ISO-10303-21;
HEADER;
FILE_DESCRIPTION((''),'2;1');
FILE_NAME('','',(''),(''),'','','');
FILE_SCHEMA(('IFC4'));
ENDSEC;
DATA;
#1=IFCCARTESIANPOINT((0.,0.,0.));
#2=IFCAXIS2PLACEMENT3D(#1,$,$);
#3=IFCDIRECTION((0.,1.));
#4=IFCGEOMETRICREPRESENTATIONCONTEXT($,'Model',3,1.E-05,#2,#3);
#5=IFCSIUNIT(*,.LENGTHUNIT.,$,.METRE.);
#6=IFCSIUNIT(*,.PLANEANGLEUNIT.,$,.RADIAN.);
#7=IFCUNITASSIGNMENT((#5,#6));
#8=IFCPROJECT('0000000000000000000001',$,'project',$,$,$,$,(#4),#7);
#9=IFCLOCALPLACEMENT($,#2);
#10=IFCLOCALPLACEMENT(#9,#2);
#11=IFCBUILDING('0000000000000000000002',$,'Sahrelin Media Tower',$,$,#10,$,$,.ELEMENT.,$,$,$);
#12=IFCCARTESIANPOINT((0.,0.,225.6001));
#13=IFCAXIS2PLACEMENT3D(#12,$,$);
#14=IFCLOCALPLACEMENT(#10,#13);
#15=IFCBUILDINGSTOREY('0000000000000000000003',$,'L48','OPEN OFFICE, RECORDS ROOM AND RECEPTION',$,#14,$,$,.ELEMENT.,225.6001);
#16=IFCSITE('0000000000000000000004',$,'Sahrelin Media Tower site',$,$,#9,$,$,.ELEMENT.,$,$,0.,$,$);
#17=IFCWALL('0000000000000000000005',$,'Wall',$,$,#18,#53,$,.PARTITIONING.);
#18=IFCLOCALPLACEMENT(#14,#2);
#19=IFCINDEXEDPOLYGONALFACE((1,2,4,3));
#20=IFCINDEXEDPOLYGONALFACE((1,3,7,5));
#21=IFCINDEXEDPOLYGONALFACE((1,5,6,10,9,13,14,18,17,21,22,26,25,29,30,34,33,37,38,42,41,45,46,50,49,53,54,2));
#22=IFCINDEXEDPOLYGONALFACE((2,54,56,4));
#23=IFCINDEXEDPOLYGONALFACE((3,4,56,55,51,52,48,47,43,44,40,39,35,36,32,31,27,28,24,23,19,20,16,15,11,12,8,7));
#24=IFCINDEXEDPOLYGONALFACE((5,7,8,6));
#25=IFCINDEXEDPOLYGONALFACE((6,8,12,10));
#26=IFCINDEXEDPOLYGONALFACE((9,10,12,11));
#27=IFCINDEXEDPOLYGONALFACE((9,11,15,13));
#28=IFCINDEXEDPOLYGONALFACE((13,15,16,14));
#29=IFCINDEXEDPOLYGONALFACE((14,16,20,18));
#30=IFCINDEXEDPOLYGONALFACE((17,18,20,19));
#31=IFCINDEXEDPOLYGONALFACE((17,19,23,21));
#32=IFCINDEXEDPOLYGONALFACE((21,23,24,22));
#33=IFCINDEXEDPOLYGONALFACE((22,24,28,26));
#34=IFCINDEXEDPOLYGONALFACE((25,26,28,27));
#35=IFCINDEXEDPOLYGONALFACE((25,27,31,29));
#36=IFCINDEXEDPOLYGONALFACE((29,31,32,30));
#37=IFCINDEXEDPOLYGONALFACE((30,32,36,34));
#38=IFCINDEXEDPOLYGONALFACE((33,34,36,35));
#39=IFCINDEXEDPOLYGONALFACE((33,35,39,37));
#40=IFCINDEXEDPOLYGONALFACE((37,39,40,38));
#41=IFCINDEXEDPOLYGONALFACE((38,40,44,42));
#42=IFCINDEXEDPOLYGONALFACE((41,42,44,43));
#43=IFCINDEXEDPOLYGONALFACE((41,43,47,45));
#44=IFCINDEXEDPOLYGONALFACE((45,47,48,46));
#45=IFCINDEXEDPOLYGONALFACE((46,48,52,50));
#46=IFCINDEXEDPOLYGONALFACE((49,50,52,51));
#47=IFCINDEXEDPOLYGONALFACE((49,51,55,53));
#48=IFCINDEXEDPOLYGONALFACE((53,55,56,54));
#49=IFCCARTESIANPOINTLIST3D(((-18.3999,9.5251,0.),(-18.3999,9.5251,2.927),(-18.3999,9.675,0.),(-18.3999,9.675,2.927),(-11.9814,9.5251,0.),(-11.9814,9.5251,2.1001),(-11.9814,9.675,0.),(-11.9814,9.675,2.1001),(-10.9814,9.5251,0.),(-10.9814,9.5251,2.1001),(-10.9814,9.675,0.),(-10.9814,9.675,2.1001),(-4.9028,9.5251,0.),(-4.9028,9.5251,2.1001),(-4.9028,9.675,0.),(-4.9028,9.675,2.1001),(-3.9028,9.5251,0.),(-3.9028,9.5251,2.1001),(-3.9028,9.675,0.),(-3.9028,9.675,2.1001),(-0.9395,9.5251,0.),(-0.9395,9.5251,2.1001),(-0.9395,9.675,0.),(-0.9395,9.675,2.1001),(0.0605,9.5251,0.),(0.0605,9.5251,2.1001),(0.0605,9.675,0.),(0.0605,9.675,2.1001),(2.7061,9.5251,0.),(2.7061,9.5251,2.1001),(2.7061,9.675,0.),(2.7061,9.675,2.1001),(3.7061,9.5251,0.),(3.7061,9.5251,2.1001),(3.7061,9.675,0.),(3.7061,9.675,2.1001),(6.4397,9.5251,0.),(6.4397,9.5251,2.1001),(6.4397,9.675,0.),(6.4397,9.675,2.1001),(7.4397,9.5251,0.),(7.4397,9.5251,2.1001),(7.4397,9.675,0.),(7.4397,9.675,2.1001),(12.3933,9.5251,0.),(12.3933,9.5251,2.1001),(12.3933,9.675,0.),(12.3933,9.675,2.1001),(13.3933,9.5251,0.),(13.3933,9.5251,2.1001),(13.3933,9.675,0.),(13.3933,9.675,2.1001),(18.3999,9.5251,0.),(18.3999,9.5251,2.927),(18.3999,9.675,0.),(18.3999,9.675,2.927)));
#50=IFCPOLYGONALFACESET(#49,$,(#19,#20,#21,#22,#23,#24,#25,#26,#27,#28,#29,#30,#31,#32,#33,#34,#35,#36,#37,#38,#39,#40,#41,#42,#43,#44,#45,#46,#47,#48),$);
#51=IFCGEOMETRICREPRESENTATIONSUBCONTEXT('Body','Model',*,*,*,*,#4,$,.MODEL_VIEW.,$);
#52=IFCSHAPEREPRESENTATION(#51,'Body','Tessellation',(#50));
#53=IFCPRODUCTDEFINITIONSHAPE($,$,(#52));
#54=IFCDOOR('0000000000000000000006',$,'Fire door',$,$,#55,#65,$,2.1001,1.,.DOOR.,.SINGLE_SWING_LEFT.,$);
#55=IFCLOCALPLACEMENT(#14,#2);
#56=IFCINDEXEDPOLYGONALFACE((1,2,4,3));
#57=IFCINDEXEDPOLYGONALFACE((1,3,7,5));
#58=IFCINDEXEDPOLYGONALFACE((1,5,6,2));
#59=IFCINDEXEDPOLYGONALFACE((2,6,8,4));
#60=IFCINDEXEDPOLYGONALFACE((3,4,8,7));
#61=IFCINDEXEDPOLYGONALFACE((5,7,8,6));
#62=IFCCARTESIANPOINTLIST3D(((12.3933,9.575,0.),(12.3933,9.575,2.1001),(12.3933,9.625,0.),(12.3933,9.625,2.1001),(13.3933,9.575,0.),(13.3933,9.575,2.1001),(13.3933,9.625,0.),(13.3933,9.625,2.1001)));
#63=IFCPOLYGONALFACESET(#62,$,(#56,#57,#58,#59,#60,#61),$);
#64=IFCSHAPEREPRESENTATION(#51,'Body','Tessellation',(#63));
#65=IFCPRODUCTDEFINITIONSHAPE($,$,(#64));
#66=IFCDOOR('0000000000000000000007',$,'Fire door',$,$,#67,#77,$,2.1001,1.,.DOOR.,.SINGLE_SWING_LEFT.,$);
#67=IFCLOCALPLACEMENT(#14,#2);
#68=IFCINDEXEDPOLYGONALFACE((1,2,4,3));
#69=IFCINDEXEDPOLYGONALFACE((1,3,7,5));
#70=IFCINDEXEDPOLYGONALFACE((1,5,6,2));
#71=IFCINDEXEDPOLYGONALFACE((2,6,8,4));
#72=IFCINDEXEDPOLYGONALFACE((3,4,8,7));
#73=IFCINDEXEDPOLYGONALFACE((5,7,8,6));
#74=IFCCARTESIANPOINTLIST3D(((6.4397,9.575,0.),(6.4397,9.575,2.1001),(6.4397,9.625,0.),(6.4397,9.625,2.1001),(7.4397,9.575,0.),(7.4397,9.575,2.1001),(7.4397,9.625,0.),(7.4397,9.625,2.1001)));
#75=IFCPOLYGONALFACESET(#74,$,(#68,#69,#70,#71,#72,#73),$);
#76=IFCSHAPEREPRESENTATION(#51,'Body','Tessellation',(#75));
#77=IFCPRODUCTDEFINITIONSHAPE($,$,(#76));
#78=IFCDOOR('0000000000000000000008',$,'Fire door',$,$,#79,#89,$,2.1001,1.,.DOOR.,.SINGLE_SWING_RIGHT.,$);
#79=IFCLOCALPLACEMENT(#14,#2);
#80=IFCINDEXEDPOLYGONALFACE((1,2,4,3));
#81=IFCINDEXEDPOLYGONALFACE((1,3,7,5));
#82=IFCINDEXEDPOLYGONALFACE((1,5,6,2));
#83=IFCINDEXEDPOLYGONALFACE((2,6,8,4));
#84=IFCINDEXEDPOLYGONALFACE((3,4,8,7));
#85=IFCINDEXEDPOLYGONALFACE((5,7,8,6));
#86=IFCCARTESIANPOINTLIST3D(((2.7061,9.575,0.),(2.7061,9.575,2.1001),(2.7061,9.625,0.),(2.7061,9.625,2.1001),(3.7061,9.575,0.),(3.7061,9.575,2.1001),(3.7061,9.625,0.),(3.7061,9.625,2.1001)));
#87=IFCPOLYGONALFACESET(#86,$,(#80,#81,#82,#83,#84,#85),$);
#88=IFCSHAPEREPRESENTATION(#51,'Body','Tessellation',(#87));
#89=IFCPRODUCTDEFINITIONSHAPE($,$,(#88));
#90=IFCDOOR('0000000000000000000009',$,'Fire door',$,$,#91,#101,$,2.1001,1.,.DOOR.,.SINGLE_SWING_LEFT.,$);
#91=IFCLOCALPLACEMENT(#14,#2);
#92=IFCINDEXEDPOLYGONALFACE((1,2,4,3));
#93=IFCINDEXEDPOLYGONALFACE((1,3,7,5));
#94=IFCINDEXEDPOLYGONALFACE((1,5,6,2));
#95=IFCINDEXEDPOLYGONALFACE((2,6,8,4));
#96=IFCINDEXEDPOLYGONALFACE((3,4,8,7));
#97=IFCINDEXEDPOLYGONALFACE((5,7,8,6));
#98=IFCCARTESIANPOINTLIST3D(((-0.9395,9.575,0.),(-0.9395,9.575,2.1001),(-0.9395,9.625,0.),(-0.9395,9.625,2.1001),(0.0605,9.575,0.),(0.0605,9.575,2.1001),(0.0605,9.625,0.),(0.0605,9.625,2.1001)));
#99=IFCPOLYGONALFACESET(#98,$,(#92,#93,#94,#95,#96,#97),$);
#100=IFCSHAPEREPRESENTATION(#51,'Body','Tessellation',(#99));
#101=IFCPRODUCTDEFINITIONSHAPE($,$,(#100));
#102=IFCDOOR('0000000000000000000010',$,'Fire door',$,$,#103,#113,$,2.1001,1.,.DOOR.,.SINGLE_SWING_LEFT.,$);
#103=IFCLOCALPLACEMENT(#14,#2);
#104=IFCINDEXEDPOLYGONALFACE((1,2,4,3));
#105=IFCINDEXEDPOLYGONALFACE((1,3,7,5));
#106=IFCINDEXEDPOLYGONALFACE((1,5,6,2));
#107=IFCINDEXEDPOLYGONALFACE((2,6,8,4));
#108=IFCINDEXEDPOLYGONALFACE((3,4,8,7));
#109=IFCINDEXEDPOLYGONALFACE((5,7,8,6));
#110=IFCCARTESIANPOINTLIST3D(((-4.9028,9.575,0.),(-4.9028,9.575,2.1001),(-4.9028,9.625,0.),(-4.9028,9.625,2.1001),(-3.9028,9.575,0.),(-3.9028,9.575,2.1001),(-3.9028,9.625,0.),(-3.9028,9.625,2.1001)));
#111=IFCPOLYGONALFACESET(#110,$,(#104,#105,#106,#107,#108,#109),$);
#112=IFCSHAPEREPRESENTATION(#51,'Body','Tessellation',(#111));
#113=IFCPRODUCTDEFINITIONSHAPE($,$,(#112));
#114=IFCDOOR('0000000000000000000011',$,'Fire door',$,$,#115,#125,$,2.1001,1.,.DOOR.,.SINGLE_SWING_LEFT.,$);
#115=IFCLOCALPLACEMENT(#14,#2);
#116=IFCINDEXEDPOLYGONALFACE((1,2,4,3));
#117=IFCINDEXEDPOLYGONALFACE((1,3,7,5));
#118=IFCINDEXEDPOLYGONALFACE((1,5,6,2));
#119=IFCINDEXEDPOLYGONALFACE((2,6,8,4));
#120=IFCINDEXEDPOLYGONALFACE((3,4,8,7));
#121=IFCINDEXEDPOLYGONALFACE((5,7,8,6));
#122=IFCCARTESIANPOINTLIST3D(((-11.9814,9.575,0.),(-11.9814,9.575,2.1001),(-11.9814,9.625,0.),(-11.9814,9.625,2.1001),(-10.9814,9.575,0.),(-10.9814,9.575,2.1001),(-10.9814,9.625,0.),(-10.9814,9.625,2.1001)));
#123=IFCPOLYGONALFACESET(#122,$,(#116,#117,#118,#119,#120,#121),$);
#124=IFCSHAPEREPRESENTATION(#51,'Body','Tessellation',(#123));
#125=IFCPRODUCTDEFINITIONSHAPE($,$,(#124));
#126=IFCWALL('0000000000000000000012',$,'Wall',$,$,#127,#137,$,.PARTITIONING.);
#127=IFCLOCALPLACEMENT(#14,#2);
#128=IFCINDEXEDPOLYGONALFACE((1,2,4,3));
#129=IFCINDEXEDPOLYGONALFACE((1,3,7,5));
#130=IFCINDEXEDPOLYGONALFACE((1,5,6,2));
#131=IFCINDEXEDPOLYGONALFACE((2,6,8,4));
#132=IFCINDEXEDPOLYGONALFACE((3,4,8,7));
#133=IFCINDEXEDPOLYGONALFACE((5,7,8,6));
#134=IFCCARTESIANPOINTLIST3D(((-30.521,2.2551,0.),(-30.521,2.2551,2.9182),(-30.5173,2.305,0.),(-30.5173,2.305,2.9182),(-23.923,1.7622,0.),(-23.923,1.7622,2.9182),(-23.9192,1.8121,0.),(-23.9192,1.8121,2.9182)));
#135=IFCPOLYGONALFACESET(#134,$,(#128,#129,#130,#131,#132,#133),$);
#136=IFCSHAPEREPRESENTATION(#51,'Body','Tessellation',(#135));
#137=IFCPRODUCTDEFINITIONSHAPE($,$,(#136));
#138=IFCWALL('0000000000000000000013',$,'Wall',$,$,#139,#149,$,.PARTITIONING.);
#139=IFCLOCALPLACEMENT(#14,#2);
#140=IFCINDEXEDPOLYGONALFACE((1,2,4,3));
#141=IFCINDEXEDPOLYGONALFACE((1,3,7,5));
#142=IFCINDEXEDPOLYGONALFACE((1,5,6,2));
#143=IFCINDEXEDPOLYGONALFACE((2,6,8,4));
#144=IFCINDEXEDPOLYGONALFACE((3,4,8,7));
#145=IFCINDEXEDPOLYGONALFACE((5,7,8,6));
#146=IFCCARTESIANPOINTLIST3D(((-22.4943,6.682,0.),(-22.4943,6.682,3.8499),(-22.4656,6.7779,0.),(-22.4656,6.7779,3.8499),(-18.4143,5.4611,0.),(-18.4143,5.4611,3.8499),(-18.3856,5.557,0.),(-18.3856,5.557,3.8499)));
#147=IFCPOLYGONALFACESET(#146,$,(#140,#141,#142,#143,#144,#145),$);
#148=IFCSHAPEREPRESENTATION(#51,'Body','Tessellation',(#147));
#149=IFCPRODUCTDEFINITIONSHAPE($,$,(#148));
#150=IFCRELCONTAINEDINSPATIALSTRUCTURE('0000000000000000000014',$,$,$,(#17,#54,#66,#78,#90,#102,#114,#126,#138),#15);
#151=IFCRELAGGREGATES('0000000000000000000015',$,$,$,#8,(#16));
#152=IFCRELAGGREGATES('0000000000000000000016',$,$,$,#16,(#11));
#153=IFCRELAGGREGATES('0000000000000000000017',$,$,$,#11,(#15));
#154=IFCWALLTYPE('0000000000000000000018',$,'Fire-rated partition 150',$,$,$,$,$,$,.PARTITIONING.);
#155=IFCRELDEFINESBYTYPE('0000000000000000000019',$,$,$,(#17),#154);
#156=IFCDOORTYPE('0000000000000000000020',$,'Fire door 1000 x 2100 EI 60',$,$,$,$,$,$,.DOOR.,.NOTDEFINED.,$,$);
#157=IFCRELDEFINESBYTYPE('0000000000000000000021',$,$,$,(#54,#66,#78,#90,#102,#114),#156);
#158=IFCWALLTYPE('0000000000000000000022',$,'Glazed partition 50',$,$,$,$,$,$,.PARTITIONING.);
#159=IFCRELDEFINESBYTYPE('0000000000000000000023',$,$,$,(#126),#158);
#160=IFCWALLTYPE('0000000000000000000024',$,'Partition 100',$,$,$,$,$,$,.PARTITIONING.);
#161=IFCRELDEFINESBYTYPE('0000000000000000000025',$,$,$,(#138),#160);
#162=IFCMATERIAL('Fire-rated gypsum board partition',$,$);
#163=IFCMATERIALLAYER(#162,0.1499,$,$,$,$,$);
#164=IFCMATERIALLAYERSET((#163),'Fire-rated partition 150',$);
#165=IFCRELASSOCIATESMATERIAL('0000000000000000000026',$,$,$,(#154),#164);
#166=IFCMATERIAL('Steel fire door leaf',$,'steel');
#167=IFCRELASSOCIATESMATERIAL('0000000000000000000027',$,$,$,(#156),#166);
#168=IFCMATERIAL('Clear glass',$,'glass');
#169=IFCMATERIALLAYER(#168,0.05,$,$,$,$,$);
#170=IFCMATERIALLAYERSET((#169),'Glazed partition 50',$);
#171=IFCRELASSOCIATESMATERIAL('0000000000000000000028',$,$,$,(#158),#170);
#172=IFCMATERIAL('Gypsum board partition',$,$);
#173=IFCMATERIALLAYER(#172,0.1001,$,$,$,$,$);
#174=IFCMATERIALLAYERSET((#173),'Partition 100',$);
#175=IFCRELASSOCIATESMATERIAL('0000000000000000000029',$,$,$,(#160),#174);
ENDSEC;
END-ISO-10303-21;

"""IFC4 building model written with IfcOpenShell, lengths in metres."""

from ifc_helpers import new_model, si_unit, direction, frame, frame_2d, origin, place, context, subcontext, project, spatial, rectangle, extrude, material, layer, layer_set, type_object, element, fill, save


model = new_model("IFC4")

# Units and contexts
model_context = context("Model", 3, precision=1e-05, world=origin(), true_north=direction((0.0, 1.0)))
body_context = subcontext(model_context, "Body", "Model", "MODEL_VIEW")
ifc_project = project(units=[si_unit("LENGTHUNIT", "METRE"), si_unit("PLANEANGLEUNIT", "RADIAN")], contexts=[model_context])

# Site, building, storey
site_placement = place(None, origin())
site = spatial("IfcSite", under=ifc_project, at=site_placement, Name="Sahrelin Media Tower site", CompositionType="ELEMENT", RefElevation=0.0)
building_placement = place(site_placement, origin())
building = spatial("IfcBuilding", under=site, at=building_placement, Name="Sahrelin Media Tower", CompositionType="ELEMENT")
storey_placement = place(building_placement, frame((0.0, 0.0, 225.6001)))
storey = spatial("IfcBuildingStorey", under=building, at=storey_placement, Name="L48", Description="OPEN OFFICE, RECORDS ROOM AND RECEPTION", CompositionType="ELEMENT", Elevation=225.6001)

# Shared definitions
ifc_material_1 = material(Name="Fire-rated gypsum board partition")
ifc_layer_1 = layer(ifc_material_1, 0.1499)
ifc_layer_set_1 = layer_set([ifc_layer_1], Name="Fire-rated partition 150")
wall_type_1 = type_object("IfcWallType", Name="Fire-rated partition 150", PredefinedType="PARTITIONING", material=ifc_layer_set_1)

# Wall, openings, doors
wall_1_placement = place(storey_placement, frame((-18.3999, 9.6001, 0.0), z_axis=(0.0, 0.0, 1.0), x_axis=(1.0, 0.0, 0.0)))
wall_1 = element("IfcWall", 1, at=wall_1_placement, inside=storey, type_object=wall_type_1, Name="Wall", PredefinedType="PARTITIONING", context=body_context, shape_type="SweptSolid", body=[
    extrude(rectangle(XDim=36.7998, YDim=0.1499, at=frame_2d((18.3999, 0.0))), origin(), (0.0, 0.0, 1.0), 2.927),
])
opening_1_placement = place(wall_1_placement, frame((30.7932, 0.0, 0.0)))
opening_1 = element("IfcOpeningElement", 2, at=opening_1_placement, cuts=wall_1, PredefinedType="OPENING", context=body_context, shape_type="SweptSolid", body=[
    extrude(rectangle(XDim=1.0, YDim=2.1001, at=frame_2d((0.5, 1.05))), frame((0.0, 0.075, 0.0), z_axis=(0.0, -1.0, 0.0), x_axis=(1.0, 0.0, 0.0)), (0.0, 0.0, 1.0), 0.1499),
])
opening_2_placement = place(wall_1_placement, frame((24.8396, 0.0, 0.0)))
opening_2 = element("IfcOpeningElement", 3, at=opening_2_placement, cuts=wall_1, PredefinedType="OPENING", context=body_context, shape_type="SweptSolid", body=[
    extrude(rectangle(XDim=1.0, YDim=2.1001, at=frame_2d((0.5, 1.05))), frame((0.0, 0.075, 0.0), z_axis=(0.0, -1.0, 0.0), x_axis=(1.0, 0.0, 0.0)), (0.0, 0.0, 1.0), 0.1499),
])
opening_3_placement = place(wall_1_placement, frame((21.106, 0.0, 0.0)))
opening_3 = element("IfcOpeningElement", 4, at=opening_3_placement, cuts=wall_1, PredefinedType="OPENING", context=body_context, shape_type="SweptSolid", body=[
    extrude(rectangle(XDim=1.0, YDim=2.1001, at=frame_2d((0.5, 1.05))), frame((0.0, 0.075, 0.0), z_axis=(0.0, -1.0, 0.0), x_axis=(1.0, 0.0, 0.0)), (0.0, 0.0, 1.0), 0.1499),
])
opening_4_placement = place(wall_1_placement, frame((17.4604, 0.0, 0.0)))
opening_4 = element("IfcOpeningElement", 5, at=opening_4_placement, cuts=wall_1, PredefinedType="OPENING", context=body_context, shape_type="SweptSolid", body=[
    extrude(rectangle(XDim=1.0, YDim=2.1001, at=frame_2d((0.5, 1.05))), frame((0.0, 0.075, 0.0), z_axis=(0.0, -1.0, 0.0), x_axis=(1.0, 0.0, 0.0)), (0.0, 0.0, 1.0), 0.1499),
])
opening_5_placement = place(wall_1_placement, frame((13.4971, 0.0, 0.0)))
opening_5 = element("IfcOpeningElement", 6, at=opening_5_placement, cuts=wall_1, PredefinedType="OPENING", context=body_context, shape_type="SweptSolid", body=[
    extrude(rectangle(XDim=1.0, YDim=2.1001, at=frame_2d((0.5, 1.05))), frame((0.0, 0.075, 0.0), z_axis=(0.0, -1.0, 0.0), x_axis=(1.0, 0.0, 0.0)), (0.0, 0.0, 1.0), 0.1499),
])
opening_6_placement = place(wall_1_placement, frame((6.4185, 0.0, 0.0)))
opening_6 = element("IfcOpeningElement", 7, at=opening_6_placement, cuts=wall_1, PredefinedType="OPENING", context=body_context, shape_type="SweptSolid", body=[
    extrude(rectangle(XDim=1.0, YDim=2.1001, at=frame_2d((0.5, 1.05))), frame((0.0, 0.075, 0.0), z_axis=(0.0, -1.0, 0.0), x_axis=(1.0, 0.0, 0.0)), (0.0, 0.0, 1.0), 0.1499),
])
ifc_material_2 = material(Name="Steel fire door leaf", Category="steel")
door_type = type_object("IfcDoorType", Name="Fire door 1000 x 2100 EI 60", OperationType="NOTDEFINED", PredefinedType="DOOR", material=ifc_material_2)
door_1_placement = place(opening_1_placement, origin())
door_1 = element("IfcDoor", 8, at=door_1_placement, inside=storey, type_object=door_type, Name="Fire door", OperationType="SINGLE_SWING_LEFT", OverallHeight=2.1001, OverallWidth=1.0, PredefinedType="DOOR", context=body_context, shape_type="SweptSolid", body=[
    extrude(rectangle(XDim=1.0, YDim=2.1001, at=frame_2d((0.5, 1.05))), frame((0.0, 0.0249, 0.0), z_axis=(0.0, -1.0, 0.0), x_axis=(1.0, 0.0, 0.0)), (0.0, 0.0, 1.0), 0.05),
])
fill(opening_1, door_1)
door_2_placement = place(opening_2_placement, origin())
door_2 = element("IfcDoor", 9, at=door_2_placement, inside=storey, type_object=door_type, Name="Fire door", OperationType="SINGLE_SWING_LEFT", OverallHeight=2.1001, OverallWidth=1.0, PredefinedType="DOOR", context=body_context, shape_type="SweptSolid", body=[
    extrude(rectangle(XDim=1.0, YDim=2.1001, at=frame_2d((0.5, 1.05))), frame((0.0, 0.0249, 0.0), z_axis=(0.0, -1.0, 0.0), x_axis=(1.0, 0.0, 0.0)), (0.0, 0.0, 1.0), 0.05),
])
fill(opening_2, door_2)
door_3_placement = place(opening_3_placement, origin())
door_3 = element("IfcDoor", 10, at=door_3_placement, inside=storey, type_object=door_type, Name="Fire door", OperationType="SINGLE_SWING_RIGHT", OverallHeight=2.1001, OverallWidth=1.0, PredefinedType="DOOR", context=body_context, shape_type="SweptSolid", body=[
    extrude(rectangle(XDim=1.0, YDim=2.1001, at=frame_2d((0.5, 1.05))), frame((0.0, 0.0249, 0.0), z_axis=(0.0, -1.0, 0.0), x_axis=(1.0, 0.0, 0.0)), (0.0, 0.0, 1.0), 0.05),
])
fill(opening_3, door_3)
door_4_placement = place(opening_4_placement, origin())
door_4 = element("IfcDoor", 11, at=door_4_placement, inside=storey, type_object=door_type, Name="Fire door", OperationType="SINGLE_SWING_LEFT", OverallHeight=2.1001, OverallWidth=1.0, PredefinedType="DOOR", context=body_context, shape_type="SweptSolid", body=[
    extrude(rectangle(XDim=1.0, YDim=2.1001, at=frame_2d((0.5, 1.05))), frame((0.0, 0.0249, 0.0), z_axis=(0.0, -1.0, 0.0), x_axis=(1.0, 0.0, 0.0)), (0.0, 0.0, 1.0), 0.05),
])
fill(opening_4, door_4)
door_5_placement = place(opening_5_placement, origin())
door_5 = element("IfcDoor", 12, at=door_5_placement, inside=storey, type_object=door_type, Name="Fire door", OperationType="SINGLE_SWING_LEFT", OverallHeight=2.1001, OverallWidth=1.0, PredefinedType="DOOR", context=body_context, shape_type="SweptSolid", body=[
    extrude(rectangle(XDim=1.0, YDim=2.1001, at=frame_2d((0.5, 1.05))), frame((0.0, 0.0249, 0.0), z_axis=(0.0, -1.0, 0.0), x_axis=(1.0, 0.0, 0.0)), (0.0, 0.0, 1.0), 0.05),
])
fill(opening_5, door_5)
door_6_placement = place(opening_6_placement, origin())
door_6 = element("IfcDoor", 13, at=door_6_placement, inside=storey, type_object=door_type, Name="Fire door", OperationType="SINGLE_SWING_LEFT", OverallHeight=2.1001, OverallWidth=1.0, PredefinedType="DOOR", context=body_context, shape_type="SweptSolid", body=[
    extrude(rectangle(XDim=1.0, YDim=2.1001, at=frame_2d((0.5, 1.05))), frame((0.0, 0.0249, 0.0), z_axis=(0.0, -1.0, 0.0), x_axis=(1.0, 0.0, 0.0)), (0.0, 0.0, 1.0), 0.05),
])
fill(opening_6, door_6)

# Walls
ifc_material_3 = material(Name="Clear glass", Category="glass")
ifc_layer_2 = layer(ifc_material_3, 0.05)
ifc_layer_set_2 = layer_set([ifc_layer_2], Name="Glazed partition 50")
wall_type_2 = type_object("IfcWallType", Name="Glazed partition 50", PredefinedType="PARTITIONING", material=ifc_layer_set_2)
wall_2_placement = place(storey_placement, frame((-30.519, 2.28, 0.0), z_axis=(0.0, 0.0, 1.0), x_axis=(0.997221, -0.074498, 0.0)))
element("IfcWall", 14, at=wall_2_placement, inside=storey, type_object=wall_type_2, Name="Wall", PredefinedType="PARTITIONING", context=body_context, shape_type="SweptSolid", body=[
    extrude(rectangle(XDim=6.6165, YDim=0.05, at=frame_2d((3.3081, 0.0))), origin(), (0.0, 0.0, 1.0), 2.9182),
])
ifc_material_4 = material(Name="Gypsum board partition")
ifc_layer_3 = layer(ifc_material_4, 0.1001)
ifc_layer_set_3 = layer_set([ifc_layer_3], Name="Partition 100")
wall_type_3 = type_object("IfcWallType", Name="Partition 100", PredefinedType="PARTITIONING", material=ifc_layer_set_3)
wall_3_placement = place(storey_placement, frame((-22.48, 6.73, 0.0), z_axis=(0.0, 0.0, 1.0), x_axis=(0.958025, -0.286685, 0.0)))
element("IfcWall", 15, at=wall_3_placement, inside=storey, type_object=wall_type_3, Name="Wall", PredefinedType="PARTITIONING", context=body_context, shape_type="SweptSolid", body=[
    extrude(rectangle(XDim=4.2588, YDim=0.1001, at=frame_2d((2.1294, 0.0))), origin(), (0.0, 0.0, 1.0), 3.8499),
])

save(model, "model.ifc")
